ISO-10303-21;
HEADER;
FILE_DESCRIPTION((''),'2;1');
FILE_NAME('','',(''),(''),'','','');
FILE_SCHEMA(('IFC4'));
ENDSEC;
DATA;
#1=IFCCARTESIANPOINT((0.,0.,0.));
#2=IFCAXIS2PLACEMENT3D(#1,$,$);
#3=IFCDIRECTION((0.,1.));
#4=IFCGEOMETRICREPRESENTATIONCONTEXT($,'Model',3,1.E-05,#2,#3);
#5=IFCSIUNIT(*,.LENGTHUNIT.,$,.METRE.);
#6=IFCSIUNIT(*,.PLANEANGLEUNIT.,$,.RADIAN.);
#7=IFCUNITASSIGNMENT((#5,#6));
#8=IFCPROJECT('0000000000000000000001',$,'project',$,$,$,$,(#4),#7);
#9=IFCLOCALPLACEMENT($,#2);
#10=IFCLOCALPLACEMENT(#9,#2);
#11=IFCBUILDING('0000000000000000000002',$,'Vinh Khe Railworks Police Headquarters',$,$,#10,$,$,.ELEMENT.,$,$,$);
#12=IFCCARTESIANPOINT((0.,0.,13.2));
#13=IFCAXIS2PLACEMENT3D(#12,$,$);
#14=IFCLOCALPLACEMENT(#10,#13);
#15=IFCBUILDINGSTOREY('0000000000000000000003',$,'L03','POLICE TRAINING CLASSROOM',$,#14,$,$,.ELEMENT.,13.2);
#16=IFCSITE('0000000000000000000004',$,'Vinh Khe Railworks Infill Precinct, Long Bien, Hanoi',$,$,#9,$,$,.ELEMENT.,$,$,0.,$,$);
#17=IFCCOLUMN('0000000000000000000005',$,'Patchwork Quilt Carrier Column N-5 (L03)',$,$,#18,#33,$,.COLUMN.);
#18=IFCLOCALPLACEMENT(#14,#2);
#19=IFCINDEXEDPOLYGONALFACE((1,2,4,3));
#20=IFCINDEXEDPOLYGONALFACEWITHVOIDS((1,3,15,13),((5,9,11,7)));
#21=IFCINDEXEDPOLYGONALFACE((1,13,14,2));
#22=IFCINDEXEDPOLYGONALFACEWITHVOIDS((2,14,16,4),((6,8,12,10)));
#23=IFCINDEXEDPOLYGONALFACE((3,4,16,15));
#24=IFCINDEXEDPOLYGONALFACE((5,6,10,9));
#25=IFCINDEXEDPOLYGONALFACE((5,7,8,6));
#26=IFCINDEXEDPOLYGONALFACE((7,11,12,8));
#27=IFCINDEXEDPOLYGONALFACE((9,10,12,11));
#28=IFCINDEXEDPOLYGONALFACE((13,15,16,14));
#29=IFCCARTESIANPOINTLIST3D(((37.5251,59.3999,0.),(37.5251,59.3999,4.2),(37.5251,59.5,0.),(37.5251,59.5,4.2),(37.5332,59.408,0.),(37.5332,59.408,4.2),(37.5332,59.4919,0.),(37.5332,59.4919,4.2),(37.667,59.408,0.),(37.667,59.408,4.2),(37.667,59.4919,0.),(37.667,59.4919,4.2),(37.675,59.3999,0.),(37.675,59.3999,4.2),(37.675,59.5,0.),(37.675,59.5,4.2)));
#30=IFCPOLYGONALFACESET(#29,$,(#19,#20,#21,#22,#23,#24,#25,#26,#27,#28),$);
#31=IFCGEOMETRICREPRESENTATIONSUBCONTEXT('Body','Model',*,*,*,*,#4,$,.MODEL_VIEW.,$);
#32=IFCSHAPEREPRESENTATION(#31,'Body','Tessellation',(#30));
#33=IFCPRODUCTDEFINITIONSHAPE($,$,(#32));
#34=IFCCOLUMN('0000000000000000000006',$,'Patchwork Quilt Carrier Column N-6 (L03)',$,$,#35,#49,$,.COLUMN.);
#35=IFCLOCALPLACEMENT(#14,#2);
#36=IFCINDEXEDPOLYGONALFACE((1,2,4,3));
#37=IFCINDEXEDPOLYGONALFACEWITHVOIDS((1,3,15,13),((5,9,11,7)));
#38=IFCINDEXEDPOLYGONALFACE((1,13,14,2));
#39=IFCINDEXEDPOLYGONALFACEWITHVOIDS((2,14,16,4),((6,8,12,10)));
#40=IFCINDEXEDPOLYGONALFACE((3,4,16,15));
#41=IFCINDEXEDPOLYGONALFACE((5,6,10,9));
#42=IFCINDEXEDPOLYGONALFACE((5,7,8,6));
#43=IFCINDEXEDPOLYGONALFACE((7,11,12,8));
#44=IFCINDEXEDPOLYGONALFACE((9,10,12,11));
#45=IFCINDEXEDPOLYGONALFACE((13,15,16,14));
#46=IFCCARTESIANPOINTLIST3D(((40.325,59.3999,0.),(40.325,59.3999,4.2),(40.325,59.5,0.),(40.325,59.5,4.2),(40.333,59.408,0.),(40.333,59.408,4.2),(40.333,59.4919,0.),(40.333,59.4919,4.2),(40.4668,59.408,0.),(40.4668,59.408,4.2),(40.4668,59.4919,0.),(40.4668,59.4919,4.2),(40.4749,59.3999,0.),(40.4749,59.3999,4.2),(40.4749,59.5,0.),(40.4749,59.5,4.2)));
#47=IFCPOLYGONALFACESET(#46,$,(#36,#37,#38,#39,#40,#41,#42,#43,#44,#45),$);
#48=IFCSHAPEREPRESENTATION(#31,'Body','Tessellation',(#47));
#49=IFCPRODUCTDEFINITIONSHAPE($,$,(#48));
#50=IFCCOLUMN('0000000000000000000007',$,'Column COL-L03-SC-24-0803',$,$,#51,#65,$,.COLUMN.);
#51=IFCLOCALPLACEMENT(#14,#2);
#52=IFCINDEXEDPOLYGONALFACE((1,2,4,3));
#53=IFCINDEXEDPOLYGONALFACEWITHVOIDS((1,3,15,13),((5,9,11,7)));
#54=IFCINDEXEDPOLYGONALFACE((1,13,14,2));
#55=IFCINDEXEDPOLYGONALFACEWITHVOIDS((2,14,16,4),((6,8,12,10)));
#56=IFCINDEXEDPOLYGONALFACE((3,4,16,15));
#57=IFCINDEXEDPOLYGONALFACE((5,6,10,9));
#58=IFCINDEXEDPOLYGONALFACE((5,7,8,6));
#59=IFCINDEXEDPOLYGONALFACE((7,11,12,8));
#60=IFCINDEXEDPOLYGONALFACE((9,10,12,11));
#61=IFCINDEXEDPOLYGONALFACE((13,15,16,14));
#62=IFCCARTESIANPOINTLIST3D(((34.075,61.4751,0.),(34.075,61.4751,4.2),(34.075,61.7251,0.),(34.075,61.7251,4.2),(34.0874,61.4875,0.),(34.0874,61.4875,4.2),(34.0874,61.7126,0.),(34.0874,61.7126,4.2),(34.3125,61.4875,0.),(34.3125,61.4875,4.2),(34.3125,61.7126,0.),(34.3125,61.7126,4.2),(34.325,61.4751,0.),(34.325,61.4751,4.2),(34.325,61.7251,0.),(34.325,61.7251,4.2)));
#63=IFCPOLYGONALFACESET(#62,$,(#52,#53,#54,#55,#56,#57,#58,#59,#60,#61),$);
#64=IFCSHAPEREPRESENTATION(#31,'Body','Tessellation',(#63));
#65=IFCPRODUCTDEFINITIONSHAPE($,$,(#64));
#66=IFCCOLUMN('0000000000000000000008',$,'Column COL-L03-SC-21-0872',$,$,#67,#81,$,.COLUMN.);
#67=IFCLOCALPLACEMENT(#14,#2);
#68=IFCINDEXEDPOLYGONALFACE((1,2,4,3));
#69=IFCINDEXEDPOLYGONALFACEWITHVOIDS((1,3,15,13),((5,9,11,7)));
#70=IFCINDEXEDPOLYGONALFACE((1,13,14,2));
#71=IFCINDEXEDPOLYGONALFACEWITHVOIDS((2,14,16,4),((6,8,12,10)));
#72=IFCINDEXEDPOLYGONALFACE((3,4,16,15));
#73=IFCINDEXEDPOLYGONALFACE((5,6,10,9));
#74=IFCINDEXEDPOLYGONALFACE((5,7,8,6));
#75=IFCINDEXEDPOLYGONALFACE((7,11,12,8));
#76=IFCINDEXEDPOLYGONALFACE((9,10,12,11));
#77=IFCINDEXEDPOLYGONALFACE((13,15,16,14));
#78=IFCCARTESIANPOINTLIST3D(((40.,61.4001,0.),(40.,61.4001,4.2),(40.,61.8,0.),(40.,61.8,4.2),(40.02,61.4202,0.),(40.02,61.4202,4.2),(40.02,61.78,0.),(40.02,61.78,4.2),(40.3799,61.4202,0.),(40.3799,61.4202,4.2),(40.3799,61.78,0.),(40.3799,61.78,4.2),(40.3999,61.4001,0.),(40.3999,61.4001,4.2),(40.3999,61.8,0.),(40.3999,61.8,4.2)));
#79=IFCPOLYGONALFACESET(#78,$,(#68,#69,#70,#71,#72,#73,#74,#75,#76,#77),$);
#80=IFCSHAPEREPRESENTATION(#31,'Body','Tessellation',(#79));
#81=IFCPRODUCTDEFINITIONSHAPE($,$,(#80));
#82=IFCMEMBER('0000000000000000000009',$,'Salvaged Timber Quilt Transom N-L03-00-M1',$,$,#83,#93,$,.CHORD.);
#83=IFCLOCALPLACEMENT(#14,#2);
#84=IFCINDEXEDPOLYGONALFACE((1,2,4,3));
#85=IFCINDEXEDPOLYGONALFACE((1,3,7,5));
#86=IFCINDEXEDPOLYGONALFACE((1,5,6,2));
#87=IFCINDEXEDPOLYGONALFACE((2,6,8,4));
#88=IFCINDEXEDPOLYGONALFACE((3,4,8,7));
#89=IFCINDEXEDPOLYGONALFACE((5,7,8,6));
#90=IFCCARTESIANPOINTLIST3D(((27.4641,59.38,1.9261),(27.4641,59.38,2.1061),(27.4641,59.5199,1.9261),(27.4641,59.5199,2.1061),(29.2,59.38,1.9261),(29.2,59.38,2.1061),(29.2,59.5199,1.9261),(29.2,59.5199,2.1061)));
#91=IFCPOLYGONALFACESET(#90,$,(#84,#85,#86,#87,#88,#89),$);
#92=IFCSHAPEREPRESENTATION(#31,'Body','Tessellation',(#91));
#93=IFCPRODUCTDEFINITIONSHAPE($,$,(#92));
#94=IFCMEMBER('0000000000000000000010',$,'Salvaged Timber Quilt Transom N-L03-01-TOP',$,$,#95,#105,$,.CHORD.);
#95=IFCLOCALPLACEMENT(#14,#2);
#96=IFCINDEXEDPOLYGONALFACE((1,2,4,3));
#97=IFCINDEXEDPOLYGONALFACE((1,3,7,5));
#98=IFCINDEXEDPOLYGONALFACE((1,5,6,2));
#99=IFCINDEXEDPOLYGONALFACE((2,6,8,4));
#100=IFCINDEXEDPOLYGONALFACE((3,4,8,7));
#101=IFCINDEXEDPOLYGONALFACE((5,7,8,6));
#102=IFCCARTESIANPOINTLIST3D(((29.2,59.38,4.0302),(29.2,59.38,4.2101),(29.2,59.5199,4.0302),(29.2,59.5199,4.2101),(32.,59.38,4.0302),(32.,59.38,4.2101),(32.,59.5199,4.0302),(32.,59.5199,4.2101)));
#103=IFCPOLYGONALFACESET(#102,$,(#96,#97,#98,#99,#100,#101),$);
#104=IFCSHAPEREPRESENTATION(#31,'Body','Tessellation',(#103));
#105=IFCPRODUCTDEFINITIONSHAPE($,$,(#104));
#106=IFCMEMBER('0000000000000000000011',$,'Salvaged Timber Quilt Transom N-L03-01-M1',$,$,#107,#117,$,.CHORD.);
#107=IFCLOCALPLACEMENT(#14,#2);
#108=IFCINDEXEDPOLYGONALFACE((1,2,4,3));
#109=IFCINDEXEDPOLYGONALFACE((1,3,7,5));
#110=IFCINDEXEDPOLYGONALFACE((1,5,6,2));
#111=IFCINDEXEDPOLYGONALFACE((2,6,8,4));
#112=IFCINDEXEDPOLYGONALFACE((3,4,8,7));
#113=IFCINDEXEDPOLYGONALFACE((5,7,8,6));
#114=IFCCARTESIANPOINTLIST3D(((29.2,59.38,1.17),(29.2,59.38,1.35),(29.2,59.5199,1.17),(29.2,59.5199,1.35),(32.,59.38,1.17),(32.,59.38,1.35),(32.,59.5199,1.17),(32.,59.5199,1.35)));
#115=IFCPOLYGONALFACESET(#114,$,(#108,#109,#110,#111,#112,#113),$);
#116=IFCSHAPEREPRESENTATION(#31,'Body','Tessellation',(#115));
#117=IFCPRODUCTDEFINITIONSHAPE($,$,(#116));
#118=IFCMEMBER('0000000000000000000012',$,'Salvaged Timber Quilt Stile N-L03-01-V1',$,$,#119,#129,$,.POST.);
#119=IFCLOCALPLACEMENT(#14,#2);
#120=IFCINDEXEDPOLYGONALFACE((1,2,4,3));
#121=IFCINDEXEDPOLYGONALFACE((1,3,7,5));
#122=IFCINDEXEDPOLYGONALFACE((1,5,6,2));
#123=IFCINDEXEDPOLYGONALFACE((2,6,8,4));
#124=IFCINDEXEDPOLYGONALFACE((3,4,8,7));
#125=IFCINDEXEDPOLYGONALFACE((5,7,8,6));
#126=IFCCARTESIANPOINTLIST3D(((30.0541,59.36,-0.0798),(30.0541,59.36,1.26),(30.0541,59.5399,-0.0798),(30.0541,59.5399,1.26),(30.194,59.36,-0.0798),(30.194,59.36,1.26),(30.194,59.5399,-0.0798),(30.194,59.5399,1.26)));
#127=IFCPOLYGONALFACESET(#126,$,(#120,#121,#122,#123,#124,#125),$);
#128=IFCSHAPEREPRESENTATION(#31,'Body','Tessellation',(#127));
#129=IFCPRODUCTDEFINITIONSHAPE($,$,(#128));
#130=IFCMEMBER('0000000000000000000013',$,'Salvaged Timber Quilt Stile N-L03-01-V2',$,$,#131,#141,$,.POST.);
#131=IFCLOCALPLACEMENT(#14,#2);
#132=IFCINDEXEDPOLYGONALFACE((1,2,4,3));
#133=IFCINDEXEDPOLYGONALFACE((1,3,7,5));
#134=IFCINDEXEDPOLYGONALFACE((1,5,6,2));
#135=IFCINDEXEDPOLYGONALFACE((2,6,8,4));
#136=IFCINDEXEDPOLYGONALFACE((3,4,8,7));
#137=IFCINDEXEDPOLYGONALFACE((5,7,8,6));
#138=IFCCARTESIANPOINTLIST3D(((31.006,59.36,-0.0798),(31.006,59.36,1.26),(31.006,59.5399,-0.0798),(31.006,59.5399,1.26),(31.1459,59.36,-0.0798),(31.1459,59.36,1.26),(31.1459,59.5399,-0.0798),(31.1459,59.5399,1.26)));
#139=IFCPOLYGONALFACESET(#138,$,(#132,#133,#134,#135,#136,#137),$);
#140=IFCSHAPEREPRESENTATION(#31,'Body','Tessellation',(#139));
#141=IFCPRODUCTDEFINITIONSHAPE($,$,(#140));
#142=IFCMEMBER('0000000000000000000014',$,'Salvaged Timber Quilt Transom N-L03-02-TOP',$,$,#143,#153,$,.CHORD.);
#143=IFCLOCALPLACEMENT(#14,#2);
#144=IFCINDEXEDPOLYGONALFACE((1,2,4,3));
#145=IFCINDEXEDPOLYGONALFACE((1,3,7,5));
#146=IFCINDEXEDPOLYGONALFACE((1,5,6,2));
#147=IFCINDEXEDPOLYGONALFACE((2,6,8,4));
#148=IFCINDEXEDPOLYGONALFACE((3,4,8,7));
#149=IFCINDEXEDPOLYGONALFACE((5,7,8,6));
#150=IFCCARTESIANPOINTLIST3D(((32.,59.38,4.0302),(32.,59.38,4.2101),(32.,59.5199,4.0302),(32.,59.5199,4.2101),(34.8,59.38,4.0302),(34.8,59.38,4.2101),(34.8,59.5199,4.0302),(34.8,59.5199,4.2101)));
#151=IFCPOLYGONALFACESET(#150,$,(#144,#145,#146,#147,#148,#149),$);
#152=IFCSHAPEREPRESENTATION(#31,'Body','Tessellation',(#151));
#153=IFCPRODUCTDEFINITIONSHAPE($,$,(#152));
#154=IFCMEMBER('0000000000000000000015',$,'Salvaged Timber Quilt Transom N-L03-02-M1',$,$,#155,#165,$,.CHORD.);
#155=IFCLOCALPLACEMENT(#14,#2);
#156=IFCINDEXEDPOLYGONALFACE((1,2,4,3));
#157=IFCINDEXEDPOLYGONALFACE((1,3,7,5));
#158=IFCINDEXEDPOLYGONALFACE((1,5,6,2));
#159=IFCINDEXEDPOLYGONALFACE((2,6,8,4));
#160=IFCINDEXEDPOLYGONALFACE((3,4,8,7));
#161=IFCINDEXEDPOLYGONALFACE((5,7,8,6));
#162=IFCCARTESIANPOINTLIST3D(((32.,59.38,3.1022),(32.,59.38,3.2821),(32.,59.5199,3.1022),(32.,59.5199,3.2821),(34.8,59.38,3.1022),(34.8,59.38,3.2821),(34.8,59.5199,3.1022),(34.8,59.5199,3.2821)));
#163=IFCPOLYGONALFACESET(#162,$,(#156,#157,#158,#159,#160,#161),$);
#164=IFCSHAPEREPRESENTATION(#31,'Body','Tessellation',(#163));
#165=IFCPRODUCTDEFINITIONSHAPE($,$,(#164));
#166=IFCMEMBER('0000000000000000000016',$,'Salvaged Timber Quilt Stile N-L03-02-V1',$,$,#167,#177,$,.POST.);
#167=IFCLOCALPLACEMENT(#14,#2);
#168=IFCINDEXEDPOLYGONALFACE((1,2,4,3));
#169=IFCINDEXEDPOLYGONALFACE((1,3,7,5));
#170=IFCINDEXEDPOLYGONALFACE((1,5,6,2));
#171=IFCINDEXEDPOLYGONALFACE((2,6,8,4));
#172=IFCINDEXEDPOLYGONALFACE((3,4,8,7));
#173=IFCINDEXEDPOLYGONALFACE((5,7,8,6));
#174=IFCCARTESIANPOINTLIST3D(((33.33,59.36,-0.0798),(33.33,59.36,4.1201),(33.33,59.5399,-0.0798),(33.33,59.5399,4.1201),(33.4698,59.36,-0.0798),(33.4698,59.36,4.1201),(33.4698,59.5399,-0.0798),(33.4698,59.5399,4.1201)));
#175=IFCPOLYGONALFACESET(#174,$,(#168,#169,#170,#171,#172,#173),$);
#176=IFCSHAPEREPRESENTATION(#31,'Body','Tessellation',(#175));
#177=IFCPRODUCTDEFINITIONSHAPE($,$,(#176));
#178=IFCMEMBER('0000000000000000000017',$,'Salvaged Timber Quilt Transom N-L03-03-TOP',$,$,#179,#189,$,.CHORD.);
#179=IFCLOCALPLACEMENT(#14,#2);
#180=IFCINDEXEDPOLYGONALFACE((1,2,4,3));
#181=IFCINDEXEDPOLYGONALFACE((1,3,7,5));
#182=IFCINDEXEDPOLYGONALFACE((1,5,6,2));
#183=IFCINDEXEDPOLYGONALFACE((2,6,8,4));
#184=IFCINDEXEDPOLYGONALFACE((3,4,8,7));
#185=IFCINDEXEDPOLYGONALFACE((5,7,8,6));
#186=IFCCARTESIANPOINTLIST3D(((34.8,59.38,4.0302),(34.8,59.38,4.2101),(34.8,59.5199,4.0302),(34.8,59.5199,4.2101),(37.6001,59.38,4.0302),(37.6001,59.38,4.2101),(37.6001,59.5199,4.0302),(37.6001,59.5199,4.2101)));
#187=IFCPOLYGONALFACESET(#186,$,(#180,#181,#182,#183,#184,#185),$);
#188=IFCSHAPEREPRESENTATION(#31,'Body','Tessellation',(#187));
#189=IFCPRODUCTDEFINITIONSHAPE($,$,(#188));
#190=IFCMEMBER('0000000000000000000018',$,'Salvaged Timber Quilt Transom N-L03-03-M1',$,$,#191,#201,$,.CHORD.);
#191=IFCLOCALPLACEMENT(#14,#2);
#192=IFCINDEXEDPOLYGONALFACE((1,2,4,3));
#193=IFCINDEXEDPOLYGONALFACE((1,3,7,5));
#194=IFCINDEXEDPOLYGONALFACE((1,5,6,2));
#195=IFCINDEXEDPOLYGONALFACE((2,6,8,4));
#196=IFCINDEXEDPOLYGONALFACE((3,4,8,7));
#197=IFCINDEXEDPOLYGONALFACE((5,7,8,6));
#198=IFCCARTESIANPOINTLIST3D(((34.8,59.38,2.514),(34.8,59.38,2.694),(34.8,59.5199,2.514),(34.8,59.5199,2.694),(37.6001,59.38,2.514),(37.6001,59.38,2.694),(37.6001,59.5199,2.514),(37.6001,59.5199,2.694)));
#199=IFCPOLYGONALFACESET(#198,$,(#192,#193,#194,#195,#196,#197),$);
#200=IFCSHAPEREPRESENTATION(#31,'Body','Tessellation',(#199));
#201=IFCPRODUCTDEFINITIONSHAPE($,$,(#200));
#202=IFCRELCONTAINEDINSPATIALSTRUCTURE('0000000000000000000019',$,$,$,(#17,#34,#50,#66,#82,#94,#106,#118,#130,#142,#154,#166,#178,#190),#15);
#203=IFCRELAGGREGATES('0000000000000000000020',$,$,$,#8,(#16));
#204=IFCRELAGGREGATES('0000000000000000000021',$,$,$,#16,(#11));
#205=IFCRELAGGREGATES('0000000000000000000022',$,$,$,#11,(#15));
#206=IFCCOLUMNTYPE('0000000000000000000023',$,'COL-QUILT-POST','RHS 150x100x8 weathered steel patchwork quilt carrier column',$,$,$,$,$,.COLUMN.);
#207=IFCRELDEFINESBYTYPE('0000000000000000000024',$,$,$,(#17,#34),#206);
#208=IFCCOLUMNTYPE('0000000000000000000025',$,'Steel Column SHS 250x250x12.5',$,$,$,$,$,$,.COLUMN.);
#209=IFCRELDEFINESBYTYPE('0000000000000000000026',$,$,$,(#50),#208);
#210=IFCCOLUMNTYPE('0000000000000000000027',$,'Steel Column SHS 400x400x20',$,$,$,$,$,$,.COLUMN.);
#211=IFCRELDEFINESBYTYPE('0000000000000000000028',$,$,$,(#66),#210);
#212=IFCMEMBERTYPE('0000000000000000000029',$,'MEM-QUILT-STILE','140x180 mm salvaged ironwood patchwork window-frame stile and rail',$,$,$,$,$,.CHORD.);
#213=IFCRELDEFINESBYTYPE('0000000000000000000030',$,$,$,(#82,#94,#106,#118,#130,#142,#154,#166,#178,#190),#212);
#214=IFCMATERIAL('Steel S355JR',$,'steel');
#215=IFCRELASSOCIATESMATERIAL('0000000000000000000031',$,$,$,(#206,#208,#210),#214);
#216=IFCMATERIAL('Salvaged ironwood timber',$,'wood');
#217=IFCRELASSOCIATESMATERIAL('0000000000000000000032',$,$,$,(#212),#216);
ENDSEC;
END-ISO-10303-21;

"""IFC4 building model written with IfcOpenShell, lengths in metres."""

from ifc_helpers import new_model, si_unit, direction, frame, origin, origin_2d, place, context, subcontext, project, spatial, rectangle, hollow_rectangle, extrude, material, material_profile, profile_set, type_object, element, save


model = new_model("IFC4")

# Units and contexts
model_context = context("Model", 3, precision=1e-05, world=origin(), true_north=direction((0.0, 1.0)))
body_context = subcontext(model_context, "Body", "Model", "MODEL_VIEW")
ifc_project = project(units=[si_unit("LENGTHUNIT", "METRE"), si_unit("PLANEANGLEUNIT", "RADIAN")], contexts=[model_context])

# Site, building, storey
site_placement = place(None, origin())
site = spatial("IfcSite", under=ifc_project, at=site_placement, Name="Vinh Khe Railworks Infill Precinct, Long Bien, Hanoi", CompositionType="ELEMENT", RefElevation=0.0)
building_placement = place(site_placement, origin())
building = spatial("IfcBuilding", under=site, at=building_placement, Name="Vinh Khe Railworks Police Headquarters", CompositionType="ELEMENT")
storey_placement = place(building_placement, frame((0.0, 0.0, 13.2)))
storey = spatial("IfcBuildingStorey", under=building, at=storey_placement, Name="L03", Description="POLICE TRAINING CLASSROOM", CompositionType="ELEMENT", Elevation=13.2)

# Columns
ifc_material_1 = material(Name="Steel S355JR", Category="steel")
ifc_material_profile_1 = material_profile(ifc_material_1, hollow_rectangle(XDim=0.1499, YDim=0.1001, WallThickness=0.0081, at=origin_2d()), Name="RHS 150x100x8")
ifc_profile_set_1 = profile_set([ifc_material_profile_1], Name="Steel S355JR")
column_type_1 = type_object("IfcColumnType", Name="COL-QUILT-POST", Description="RHS 150x100x8 weathered steel patchwork quilt carrier column", PredefinedType="COLUMN", material=ifc_profile_set_1)
for number, where, z_axis, x_axis, name in (
    (1, (37.6001, 59.45, 0.0), (0.0, 0.0, 1.0), (1.0, 0.0, 0.0), "Patchwork Quilt Carrier Column N-5 (L03)"),
    (2, (40.3999, 59.45, 0.0), (0.0, 0.0, 1.0), (1.0, 0.0, 0.0), "Patchwork Quilt Carrier Column N-6 (L03)"),
):
    element("IfcColumn", number, at=place(storey_placement, frame(where, z_axis=z_axis, x_axis=x_axis)), inside=storey, type_object=column_type_1, Name=name, PredefinedType="COLUMN", context=body_context, shape_type="SweptSolid", body=[
        extrude(hollow_rectangle(XDim=0.1499, YDim=0.1001, WallThickness=0.0081, at=origin_2d()), origin(), (0.0, 0.0, 1.0), 4.2),
    ])
ifc_material_profile_2 = material_profile(ifc_material_1, hollow_rectangle(XDim=0.25, YDim=0.25, WallThickness=0.0125, at=origin_2d()), Name="SHS 250x250x12.5")
ifc_profile_set_2 = profile_set([ifc_material_profile_2], Name="Steel S355JR")
column_type_2 = type_object("IfcColumnType", Name="Steel Column SHS 250x250x12.5", PredefinedType="COLUMN", material=ifc_profile_set_2)
column_1_placement = place(storey_placement, frame((34.2, 61.6001, 0.0), z_axis=(0.0, 0.0, 1.0), x_axis=(1.0, 0.0, 0.0)))
element("IfcColumn", 3, at=column_1_placement, inside=storey, type_object=column_type_2, Name="Column COL-L03-SC-24-0803", PredefinedType="COLUMN", context=body_context, shape_type="SweptSolid", body=[
    extrude(hollow_rectangle(XDim=0.25, YDim=0.25, WallThickness=0.0125, at=origin_2d()), origin(), (0.0, 0.0, 1.0), 4.2),
])
ifc_material_profile_3 = material_profile(ifc_material_1, hollow_rectangle(XDim=0.3999, YDim=0.3999, WallThickness=0.02, at=origin_2d()), Name="SHS 400x400x20")
ifc_profile_set_3 = profile_set([ifc_material_profile_3], Name="Steel S355JR")
column_type_3 = type_object("IfcColumnType", Name="Steel Column SHS 400x400x20", PredefinedType="COLUMN", material=ifc_profile_set_3)
column_2_placement = place(storey_placement, frame((40.2, 61.6001, 0.0), z_axis=(0.0, 0.0, 1.0), x_axis=(1.0, 0.0, 0.0)))
element("IfcColumn", 4, at=column_2_placement, inside=storey, type_object=column_type_3, Name="Column COL-L03-SC-21-0872", PredefinedType="COLUMN", context=body_context, shape_type="SweptSolid", body=[
    extrude(hollow_rectangle(XDim=0.3999, YDim=0.3999, WallThickness=0.02, at=origin_2d()), origin(), (0.0, 0.0, 1.0), 4.2),
])

# Members
ifc_material_2 = material(Name="Salvaged ironwood timber", Category="wood")
ifc_material_profile_4 = material_profile(ifc_material_2, rectangle(XDim=0.1399, YDim=0.1799, at=origin_2d()), Name="TIMBER 140x180")
ifc_profile_set_4 = profile_set([ifc_material_profile_4], Name="Salvaged ironwood timber")
member_type = type_object("IfcMemberType", Name="MEM-QUILT-STILE", Description="140x180 mm salvaged ironwood patchwork window-frame stile and rail", PredefinedType="CHORD", material=ifc_profile_set_4)
member_1_placement = place(storey_placement, frame((27.4641, 59.45, 2.0161), z_axis=(1.0, 0.0, 0.0), x_axis=(0.0, 1.0, 0.0)))
element("IfcMember", 5, at=member_1_placement, inside=storey, type_object=member_type, Name="Salvaged Timber Quilt Transom N-L03-00-M1", PredefinedType="CHORD", context=body_context, shape_type="SweptSolid", body=[
    extrude(rectangle(XDim=0.1399, YDim=0.1799, at=origin_2d()), origin(), (0.0, 0.0, 1.0), 1.7358),
])
for number, where, z_axis, x_axis, name in (
    (6, (29.2, 59.45, 4.1201), (1.0, 0.0, 0.0), (0.0, 1.0, 0.0), "Salvaged Timber Quilt Transom N-L03-01-TOP"),
    (7, (29.2, 59.45, 1.26), (1.0, 0.0, 0.0), (0.0, 1.0, 0.0), "Salvaged Timber Quilt Transom N-L03-01-M1"),
):
    element("IfcMember", number, at=place(storey_placement, frame(where, z_axis=z_axis, x_axis=x_axis)), inside=storey, type_object=member_type, Name=name, PredefinedType="CHORD", context=body_context, shape_type="SweptSolid", body=[
        extrude(rectangle(XDim=0.1399, YDim=0.1799, at=origin_2d()), origin(), (0.0, 0.0, 1.0), 2.8),
    ])
for number, where, z_axis, x_axis, name in (
    (8, (30.124, 59.45, -0.0798), (0.0, 0.0, 1.0), (1.0, 0.0, 0.0), "Salvaged Timber Quilt Stile N-L03-01-V1"),
    (9, (31.0759, 59.45, -0.0798), (0.0, 0.0, 1.0), (1.0, 0.0, 0.0), "Salvaged Timber Quilt Stile N-L03-01-V2"),
):
    element("IfcMember", number, at=place(storey_placement, frame(where, z_axis=z_axis, x_axis=x_axis)), inside=storey, type_object=member_type, Name=name, PredefinedType="POST", context=body_context, shape_type="SweptSolid", body=[
        extrude(rectangle(XDim=0.1399, YDim=0.1799, at=origin_2d()), origin(), (0.0, 0.0, 1.0), 1.3398),
    ])
for number, where, z_axis, x_axis, name in (
    (10, (32.0, 59.45, 4.1201), (1.0, 0.0, 0.0), (0.0, 1.0, 0.0), "Salvaged Timber Quilt Transom N-L03-02-TOP"),
    (11, (32.0, 59.45, 3.1921), (1.0, 0.0, 0.0), (0.0, 1.0, 0.0), "Salvaged Timber Quilt Transom N-L03-02-M1"),
):
    element("IfcMember", number, at=place(storey_placement, frame(where, z_axis=z_axis, x_axis=x_axis)), inside=storey, type_object=member_type, Name=name, PredefinedType="CHORD", context=body_context, shape_type="SweptSolid", body=[
        extrude(rectangle(XDim=0.1399, YDim=0.1799, at=origin_2d()), origin(), (0.0, 0.0, 1.0), 2.8),
    ])
member_2_placement = place(storey_placement, frame((33.3999, 59.45, -0.0798), z_axis=(0.0, 0.0, 1.0), x_axis=(1.0, 0.0, 0.0)))
element("IfcMember", 12, at=member_2_placement, inside=storey, type_object=member_type, Name="Salvaged Timber Quilt Stile N-L03-02-V1", PredefinedType="POST", context=body_context, shape_type="SweptSolid", body=[
    extrude(rectangle(XDim=0.1399, YDim=0.1799, at=origin_2d()), origin(), (0.0, 0.0, 1.0), 4.2),
])
for number, where, z_axis, x_axis, name in (
    (13, (34.8, 59.45, 4.1201), (1.0, 0.0, 0.0), (0.0, 1.0, 0.0), "Salvaged Timber Quilt Transom N-L03-03-TOP"),
    (14, (34.8, 59.45, 2.604), (1.0, 0.0, 0.0), (0.0, 1.0, 0.0), "Salvaged Timber Quilt Transom N-L03-03-M1"),
):
    element("IfcMember", number, at=place(storey_placement, frame(where, z_axis=z_axis, x_axis=x_axis)), inside=storey, type_object=member_type, Name=name, PredefinedType="CHORD", context=body_context, shape_type="SweptSolid", body=[
        extrude(rectangle(XDim=0.1399, YDim=0.1799, at=origin_2d()), origin(), (0.0, 0.0, 1.0), 2.8),
    ])

save(model, "model.ifc")
